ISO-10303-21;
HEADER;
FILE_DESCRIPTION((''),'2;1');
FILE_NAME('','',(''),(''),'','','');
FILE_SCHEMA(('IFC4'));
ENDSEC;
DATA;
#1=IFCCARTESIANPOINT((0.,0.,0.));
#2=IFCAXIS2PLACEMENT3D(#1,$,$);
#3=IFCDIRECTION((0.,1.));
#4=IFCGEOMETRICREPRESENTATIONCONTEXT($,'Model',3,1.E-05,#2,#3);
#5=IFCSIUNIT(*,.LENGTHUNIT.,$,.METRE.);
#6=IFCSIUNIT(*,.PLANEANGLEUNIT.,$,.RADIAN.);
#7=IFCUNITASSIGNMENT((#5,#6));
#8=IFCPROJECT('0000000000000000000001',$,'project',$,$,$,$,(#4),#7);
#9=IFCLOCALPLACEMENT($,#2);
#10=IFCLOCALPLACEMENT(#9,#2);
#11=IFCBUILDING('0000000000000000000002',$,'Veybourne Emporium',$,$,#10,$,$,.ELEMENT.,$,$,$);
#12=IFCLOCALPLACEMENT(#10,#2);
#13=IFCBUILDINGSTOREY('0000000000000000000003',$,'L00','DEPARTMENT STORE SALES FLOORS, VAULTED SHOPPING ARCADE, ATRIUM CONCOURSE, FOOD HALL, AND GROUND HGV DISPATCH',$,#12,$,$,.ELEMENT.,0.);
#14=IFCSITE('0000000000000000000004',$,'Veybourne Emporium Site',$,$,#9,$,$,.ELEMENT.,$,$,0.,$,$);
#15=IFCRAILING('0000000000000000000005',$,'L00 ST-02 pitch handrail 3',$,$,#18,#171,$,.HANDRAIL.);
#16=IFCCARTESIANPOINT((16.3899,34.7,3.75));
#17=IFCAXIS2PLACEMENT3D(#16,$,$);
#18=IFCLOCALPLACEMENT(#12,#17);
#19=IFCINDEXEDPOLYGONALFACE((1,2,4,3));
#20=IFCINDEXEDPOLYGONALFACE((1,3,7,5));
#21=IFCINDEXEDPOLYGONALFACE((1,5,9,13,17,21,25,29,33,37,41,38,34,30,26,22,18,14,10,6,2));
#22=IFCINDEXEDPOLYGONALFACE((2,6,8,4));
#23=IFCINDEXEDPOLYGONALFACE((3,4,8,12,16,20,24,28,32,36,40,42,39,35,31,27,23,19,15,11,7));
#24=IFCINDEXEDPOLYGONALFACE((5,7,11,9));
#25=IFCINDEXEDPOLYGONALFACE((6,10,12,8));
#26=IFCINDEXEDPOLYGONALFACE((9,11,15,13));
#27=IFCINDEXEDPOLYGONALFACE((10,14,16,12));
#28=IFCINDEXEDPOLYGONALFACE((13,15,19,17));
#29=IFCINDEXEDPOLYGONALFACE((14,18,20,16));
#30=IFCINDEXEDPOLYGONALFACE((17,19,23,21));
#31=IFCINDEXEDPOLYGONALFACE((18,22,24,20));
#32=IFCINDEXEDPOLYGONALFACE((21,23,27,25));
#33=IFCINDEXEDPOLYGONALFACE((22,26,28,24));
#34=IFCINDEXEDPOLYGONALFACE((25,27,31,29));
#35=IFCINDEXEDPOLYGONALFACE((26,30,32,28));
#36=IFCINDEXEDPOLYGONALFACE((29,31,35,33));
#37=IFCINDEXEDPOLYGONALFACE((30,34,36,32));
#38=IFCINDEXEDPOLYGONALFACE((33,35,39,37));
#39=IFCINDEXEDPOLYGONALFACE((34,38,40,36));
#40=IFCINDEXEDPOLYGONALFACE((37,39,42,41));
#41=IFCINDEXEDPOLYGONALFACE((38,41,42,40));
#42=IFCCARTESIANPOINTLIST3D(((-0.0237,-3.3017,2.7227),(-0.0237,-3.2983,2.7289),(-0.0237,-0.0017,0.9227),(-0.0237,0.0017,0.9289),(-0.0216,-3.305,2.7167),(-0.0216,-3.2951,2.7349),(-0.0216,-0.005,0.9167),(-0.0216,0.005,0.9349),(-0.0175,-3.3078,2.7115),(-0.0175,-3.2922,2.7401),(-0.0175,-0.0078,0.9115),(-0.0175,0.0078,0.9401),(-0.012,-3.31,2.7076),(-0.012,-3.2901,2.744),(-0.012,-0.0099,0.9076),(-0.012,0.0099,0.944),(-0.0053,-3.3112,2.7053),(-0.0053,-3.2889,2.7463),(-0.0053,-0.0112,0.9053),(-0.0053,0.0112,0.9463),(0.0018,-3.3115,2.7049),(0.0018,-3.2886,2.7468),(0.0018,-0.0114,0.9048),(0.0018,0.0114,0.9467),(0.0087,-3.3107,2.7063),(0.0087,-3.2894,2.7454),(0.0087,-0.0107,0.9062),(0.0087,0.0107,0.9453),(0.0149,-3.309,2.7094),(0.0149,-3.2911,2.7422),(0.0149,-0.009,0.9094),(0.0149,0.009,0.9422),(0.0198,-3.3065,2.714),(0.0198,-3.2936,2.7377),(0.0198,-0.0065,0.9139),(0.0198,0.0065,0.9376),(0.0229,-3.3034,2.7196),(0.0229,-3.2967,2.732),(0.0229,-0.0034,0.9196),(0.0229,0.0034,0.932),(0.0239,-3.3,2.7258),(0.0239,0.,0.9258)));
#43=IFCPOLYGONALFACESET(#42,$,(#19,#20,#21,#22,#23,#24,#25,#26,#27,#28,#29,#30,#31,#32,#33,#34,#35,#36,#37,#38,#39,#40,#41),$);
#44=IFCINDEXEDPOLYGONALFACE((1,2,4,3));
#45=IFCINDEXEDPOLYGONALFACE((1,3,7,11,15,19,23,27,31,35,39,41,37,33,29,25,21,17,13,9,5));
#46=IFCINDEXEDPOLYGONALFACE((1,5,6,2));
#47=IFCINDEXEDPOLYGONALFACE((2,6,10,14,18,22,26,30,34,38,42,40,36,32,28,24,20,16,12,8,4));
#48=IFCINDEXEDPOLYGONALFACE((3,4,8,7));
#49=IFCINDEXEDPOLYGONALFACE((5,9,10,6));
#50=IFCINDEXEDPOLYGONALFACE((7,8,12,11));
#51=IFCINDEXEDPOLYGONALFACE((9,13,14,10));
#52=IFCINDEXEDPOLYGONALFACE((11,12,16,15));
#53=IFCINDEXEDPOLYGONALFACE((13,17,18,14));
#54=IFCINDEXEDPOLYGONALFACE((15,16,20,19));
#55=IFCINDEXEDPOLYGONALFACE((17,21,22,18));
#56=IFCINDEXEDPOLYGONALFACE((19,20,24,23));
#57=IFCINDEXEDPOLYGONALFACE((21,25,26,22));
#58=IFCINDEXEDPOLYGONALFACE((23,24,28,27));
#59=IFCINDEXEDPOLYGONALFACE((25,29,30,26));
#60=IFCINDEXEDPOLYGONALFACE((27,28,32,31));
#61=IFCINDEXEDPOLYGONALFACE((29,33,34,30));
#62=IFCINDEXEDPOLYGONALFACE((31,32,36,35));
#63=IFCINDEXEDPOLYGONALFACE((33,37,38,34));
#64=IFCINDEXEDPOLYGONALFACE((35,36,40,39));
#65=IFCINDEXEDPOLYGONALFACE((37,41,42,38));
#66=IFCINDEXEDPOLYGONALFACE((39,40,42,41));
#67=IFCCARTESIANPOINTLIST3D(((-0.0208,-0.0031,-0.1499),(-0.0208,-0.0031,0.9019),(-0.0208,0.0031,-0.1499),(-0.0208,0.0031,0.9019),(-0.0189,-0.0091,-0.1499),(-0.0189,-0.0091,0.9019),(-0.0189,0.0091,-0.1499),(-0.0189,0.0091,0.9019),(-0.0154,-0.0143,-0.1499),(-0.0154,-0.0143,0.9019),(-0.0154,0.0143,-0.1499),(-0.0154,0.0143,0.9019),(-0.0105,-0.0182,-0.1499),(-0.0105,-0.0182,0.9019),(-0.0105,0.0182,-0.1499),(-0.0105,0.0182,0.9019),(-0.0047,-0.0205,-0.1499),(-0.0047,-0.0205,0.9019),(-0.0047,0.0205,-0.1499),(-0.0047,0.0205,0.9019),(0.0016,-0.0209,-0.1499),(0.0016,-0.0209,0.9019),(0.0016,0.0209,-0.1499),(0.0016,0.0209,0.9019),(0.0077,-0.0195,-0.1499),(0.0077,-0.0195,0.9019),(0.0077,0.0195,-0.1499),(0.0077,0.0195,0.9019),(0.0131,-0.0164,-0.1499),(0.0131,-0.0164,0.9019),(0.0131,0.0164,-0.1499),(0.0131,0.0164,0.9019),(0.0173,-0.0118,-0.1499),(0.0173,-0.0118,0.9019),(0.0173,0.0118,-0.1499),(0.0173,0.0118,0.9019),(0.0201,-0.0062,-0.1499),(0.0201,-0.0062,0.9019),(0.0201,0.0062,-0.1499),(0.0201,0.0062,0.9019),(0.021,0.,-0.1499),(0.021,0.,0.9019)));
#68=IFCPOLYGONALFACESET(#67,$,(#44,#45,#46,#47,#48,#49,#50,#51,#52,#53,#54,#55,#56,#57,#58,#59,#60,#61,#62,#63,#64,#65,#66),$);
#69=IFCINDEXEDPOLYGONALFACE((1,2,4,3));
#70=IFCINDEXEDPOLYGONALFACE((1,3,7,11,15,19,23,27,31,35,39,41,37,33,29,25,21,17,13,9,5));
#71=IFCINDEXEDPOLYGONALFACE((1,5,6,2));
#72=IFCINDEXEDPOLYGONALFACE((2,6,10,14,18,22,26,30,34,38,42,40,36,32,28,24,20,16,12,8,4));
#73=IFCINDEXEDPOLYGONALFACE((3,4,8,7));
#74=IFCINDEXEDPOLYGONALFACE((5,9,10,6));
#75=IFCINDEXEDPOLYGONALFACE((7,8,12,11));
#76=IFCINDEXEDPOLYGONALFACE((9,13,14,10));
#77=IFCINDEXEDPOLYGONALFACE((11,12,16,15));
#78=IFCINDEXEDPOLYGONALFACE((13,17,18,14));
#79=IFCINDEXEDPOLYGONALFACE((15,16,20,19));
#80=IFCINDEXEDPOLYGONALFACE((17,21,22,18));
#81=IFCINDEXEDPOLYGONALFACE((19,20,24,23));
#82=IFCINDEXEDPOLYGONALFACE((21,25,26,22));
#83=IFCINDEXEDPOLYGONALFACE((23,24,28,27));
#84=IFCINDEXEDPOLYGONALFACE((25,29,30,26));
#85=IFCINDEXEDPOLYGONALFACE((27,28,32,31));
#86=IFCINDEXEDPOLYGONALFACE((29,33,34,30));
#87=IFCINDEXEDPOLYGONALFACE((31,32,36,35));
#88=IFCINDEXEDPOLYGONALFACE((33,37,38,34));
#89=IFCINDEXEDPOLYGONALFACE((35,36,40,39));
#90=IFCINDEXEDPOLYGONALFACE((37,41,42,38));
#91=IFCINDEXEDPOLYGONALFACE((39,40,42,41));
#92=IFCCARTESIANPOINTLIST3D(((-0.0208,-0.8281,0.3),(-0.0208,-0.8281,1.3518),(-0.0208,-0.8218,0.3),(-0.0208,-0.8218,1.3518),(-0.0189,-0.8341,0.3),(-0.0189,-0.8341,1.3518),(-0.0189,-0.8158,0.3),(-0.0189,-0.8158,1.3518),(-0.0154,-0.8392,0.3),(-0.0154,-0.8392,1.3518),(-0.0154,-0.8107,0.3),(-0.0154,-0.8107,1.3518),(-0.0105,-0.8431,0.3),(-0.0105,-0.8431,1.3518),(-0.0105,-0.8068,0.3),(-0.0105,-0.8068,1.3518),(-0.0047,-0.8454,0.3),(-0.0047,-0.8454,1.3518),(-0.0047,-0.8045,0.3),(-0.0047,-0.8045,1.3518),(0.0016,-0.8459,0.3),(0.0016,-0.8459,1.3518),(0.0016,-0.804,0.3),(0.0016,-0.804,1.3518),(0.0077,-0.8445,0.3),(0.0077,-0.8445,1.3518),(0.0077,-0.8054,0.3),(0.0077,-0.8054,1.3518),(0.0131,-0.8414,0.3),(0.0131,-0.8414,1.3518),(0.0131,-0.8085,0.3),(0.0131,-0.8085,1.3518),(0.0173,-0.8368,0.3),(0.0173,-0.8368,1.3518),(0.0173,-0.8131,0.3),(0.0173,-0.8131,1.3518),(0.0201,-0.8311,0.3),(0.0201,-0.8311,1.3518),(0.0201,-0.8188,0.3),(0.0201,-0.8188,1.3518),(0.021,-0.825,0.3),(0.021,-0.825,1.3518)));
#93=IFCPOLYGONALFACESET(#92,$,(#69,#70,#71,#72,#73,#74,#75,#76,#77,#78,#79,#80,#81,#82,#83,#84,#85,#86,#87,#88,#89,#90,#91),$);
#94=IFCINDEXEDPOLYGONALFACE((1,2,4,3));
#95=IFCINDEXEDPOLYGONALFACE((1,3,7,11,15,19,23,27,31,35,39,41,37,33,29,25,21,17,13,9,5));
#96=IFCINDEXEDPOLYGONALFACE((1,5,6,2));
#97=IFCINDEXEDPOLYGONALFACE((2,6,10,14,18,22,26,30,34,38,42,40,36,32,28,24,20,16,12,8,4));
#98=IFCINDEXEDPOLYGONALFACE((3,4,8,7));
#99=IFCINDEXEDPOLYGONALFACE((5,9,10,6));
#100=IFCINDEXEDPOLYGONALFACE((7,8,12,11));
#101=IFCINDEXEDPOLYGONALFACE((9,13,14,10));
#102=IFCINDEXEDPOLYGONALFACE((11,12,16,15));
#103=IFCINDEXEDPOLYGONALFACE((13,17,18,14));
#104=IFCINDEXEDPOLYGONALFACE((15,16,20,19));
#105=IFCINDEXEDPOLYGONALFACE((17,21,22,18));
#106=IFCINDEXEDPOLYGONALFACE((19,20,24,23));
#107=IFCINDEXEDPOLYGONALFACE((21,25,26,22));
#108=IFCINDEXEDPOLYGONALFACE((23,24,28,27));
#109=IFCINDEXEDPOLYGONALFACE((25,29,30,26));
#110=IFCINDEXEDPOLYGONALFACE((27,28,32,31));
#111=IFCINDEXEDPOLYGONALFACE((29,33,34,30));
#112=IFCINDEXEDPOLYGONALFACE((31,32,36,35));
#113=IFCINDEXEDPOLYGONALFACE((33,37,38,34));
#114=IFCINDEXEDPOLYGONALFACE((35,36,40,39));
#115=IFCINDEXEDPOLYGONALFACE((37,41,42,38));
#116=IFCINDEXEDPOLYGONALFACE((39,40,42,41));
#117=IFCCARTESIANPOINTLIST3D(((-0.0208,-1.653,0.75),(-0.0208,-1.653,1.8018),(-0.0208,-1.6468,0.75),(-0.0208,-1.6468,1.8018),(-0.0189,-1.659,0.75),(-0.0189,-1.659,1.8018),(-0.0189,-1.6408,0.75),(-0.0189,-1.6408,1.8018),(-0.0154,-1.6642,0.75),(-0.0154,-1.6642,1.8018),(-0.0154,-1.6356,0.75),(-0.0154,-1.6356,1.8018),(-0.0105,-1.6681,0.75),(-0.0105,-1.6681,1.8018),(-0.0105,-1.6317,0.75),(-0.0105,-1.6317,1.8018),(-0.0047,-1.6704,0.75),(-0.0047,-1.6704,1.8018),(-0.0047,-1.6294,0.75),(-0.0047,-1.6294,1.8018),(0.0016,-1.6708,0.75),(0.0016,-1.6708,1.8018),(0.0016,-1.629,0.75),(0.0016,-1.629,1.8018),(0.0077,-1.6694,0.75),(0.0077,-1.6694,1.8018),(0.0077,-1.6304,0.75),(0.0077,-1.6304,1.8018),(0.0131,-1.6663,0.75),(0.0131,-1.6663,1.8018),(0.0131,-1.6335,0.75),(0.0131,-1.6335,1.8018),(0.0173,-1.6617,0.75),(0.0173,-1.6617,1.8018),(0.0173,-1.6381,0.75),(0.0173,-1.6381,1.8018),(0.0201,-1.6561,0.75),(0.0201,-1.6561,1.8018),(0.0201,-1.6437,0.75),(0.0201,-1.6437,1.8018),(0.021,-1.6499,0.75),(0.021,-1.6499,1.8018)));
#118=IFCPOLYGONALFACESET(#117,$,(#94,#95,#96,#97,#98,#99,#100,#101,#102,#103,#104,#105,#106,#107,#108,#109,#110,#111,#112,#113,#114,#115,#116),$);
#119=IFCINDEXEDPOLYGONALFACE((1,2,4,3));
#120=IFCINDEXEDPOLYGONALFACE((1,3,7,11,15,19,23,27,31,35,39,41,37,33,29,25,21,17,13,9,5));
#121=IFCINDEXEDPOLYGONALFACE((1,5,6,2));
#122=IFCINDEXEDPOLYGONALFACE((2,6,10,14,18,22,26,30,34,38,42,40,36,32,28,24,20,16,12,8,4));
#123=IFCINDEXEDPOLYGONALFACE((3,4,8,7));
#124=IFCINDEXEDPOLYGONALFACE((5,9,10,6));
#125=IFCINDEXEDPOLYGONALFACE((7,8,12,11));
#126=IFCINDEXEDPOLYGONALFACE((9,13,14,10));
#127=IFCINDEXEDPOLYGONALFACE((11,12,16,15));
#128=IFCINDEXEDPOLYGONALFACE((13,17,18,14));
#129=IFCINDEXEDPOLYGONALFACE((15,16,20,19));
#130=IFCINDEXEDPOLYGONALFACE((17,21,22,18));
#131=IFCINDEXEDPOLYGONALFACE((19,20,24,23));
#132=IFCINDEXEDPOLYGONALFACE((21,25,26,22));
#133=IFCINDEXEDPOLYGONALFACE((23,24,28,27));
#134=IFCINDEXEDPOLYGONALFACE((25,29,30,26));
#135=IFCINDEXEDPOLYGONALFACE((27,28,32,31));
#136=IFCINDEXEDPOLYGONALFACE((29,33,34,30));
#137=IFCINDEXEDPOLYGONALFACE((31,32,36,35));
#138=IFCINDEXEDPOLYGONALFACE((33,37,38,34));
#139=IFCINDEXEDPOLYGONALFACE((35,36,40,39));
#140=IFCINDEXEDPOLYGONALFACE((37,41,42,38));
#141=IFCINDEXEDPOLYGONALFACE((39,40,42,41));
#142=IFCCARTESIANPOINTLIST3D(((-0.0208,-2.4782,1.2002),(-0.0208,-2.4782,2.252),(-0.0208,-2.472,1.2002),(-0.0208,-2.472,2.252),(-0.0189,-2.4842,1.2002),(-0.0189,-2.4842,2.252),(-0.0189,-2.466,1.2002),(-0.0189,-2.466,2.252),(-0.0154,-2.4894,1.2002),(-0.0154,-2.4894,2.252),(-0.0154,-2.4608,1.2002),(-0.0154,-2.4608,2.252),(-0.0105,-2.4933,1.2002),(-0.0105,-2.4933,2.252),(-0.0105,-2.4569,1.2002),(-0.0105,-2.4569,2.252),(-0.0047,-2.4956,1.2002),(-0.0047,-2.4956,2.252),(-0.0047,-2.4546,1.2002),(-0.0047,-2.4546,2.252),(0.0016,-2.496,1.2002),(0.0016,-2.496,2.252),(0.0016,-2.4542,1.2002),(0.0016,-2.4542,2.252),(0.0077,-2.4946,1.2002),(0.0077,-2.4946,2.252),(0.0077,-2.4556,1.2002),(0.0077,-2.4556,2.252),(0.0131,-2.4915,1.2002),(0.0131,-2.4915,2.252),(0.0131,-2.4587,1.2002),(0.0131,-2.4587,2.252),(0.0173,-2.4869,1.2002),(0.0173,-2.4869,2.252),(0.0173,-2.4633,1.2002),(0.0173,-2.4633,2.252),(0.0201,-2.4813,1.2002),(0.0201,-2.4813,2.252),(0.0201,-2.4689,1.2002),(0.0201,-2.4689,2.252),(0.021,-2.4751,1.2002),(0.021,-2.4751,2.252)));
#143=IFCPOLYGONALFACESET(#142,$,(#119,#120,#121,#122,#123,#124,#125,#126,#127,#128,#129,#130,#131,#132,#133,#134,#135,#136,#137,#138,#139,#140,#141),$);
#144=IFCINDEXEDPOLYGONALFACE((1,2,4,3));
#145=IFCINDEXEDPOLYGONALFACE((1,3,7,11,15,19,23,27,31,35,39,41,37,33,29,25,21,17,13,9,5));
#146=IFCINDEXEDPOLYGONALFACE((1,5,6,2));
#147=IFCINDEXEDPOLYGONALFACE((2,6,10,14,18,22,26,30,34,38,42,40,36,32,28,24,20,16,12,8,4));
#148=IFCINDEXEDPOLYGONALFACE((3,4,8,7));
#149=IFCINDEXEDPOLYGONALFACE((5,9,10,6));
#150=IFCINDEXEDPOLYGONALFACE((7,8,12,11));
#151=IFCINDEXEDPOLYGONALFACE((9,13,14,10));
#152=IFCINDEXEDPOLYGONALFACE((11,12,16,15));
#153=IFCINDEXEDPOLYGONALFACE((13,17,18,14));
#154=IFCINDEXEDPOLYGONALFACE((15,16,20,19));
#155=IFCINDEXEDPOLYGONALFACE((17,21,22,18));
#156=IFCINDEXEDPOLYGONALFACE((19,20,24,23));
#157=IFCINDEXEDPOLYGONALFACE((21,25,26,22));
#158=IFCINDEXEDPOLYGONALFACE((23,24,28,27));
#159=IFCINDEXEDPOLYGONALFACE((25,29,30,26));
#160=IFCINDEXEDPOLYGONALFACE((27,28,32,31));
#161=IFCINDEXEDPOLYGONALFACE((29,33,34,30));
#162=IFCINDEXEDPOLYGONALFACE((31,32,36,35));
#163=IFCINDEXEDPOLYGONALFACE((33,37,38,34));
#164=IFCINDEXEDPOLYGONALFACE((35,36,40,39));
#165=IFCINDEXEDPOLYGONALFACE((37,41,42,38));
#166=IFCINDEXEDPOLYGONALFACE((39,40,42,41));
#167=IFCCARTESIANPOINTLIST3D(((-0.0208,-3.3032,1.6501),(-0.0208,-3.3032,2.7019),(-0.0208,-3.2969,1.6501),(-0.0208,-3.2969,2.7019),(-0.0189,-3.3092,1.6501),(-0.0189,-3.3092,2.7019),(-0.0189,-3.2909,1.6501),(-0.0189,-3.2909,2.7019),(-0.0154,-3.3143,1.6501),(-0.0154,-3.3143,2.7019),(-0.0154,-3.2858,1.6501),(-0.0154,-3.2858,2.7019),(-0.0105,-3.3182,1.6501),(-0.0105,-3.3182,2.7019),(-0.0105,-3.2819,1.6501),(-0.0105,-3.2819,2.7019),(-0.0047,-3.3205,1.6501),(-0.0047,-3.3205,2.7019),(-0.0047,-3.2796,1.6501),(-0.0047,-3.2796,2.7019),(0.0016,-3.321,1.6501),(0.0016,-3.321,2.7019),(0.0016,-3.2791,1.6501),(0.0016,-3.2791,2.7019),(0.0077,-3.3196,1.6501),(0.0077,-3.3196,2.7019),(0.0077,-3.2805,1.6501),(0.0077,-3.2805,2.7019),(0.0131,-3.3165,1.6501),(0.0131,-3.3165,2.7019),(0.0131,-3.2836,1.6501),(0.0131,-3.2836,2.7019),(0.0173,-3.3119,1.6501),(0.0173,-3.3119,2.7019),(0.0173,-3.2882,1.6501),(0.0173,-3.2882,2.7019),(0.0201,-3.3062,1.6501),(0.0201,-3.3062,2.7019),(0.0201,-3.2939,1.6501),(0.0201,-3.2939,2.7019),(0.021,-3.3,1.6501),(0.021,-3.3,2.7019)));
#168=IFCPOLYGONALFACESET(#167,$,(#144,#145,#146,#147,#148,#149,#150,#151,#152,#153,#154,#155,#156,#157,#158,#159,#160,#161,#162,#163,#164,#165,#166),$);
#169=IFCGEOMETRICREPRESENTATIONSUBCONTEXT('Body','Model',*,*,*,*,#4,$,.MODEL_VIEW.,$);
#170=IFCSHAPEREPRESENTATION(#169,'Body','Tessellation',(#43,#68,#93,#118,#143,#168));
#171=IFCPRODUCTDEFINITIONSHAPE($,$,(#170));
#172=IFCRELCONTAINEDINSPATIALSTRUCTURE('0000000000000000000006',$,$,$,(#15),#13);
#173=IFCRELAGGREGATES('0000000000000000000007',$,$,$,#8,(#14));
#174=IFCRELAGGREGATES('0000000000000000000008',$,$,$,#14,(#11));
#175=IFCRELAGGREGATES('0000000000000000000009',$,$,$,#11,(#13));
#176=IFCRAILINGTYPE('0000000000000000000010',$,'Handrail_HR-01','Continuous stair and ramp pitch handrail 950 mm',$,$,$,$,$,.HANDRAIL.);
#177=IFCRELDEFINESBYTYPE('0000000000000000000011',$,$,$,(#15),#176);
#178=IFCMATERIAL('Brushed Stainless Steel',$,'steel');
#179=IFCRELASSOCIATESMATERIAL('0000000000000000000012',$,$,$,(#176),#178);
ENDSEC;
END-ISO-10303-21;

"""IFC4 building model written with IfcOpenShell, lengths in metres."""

from ifc_helpers import new_model, si_unit, direction, frame, origin, origin_2d, place, context, subcontext, project, spatial, circle, extrude, material, type_object, element, save


model = new_model("IFC4")

# Units and contexts
model_context = context("Model", 3, precision=1e-05, world=origin(), true_north=direction((0.0, 1.0)))
body_context = subcontext(model_context, "Body", "Model", "MODEL_VIEW")
ifc_project = project(units=[si_unit("LENGTHUNIT", "METRE"), si_unit("PLANEANGLEUNIT", "RADIAN")], contexts=[model_context])

# Site, building, storey
site_placement = place(None, origin())
site = spatial("IfcSite", under=ifc_project, at=site_placement, Name="Veybourne Emporium Site", CompositionType="ELEMENT", RefElevation=0.0)
building_placement = place(site_placement, origin())
building = spatial("IfcBuilding", under=site, at=building_placement, Name="Veybourne Emporium", CompositionType="ELEMENT")
storey_placement = place(building_placement, origin())
storey = spatial("IfcBuildingStorey", under=building, at=storey_placement, Name="L00", Description="DEPARTMENT STORE SALES FLOORS, VAULTED SHOPPING ARCADE, ATRIUM CONCOURSE, FOOD HALL, AND GROUND HGV DISPATCH", CompositionType="ELEMENT", Elevation=0.0)

# Railing
ifc_material_1 = material(Name="Brushed Stainless Steel", Category="steel")
railing_type_1 = type_object("IfcRailingType", Name="Handrail_HR-01", Description="Continuous stair and ramp pitch handrail 950 mm", PredefinedType="HANDRAIL", material=ifc_material_1)
railing_1_placement = place(storey_placement, frame((16.3899, 34.7, 3.75)))
element("IfcRailing", 1, at=railing_1_placement, inside=storey, type_object=railing_type_1, Name="L00 ST-02 pitch handrail 3", PredefinedType="HANDRAIL", context=body_context, shape_type="SweptSolid", body=[
    extrude(circle(Radius=0.0239, at=origin_2d()), frame((0.0, 0.0, 0.9258), z_axis=(0.0, -0.877893, 0.478857), x_axis=(1.0, 0.0, 0.0)), (0.0, 0.0, 1.0), 3.759),
    extrude(circle(Radius=0.021, at=origin_2d()), frame((0.0, 0.0, -0.1499)), (0.0, 0.0, 1.0), 1.0518),
    extrude(circle(Radius=0.021, at=origin_2d()), frame((0.0, -0.825, 0.3)), (0.0, 0.0, 1.0), 1.0518),
    extrude(circle(Radius=0.021, at=origin_2d()), frame((0.0, -1.6499, 0.75)), (0.0, 0.0, 1.0), 1.0518),
    extrude(circle(Radius=0.021, at=origin_2d()), frame((0.0, -2.4751, 1.2002)), (0.0, 0.0, 1.0), 1.0518),
    extrude(circle(Radius=0.021, at=origin_2d()), frame((0.0, -3.3, 1.6501)), (0.0, 0.0, 1.0), 1.0518),
])

save(model, "model.ifc")
